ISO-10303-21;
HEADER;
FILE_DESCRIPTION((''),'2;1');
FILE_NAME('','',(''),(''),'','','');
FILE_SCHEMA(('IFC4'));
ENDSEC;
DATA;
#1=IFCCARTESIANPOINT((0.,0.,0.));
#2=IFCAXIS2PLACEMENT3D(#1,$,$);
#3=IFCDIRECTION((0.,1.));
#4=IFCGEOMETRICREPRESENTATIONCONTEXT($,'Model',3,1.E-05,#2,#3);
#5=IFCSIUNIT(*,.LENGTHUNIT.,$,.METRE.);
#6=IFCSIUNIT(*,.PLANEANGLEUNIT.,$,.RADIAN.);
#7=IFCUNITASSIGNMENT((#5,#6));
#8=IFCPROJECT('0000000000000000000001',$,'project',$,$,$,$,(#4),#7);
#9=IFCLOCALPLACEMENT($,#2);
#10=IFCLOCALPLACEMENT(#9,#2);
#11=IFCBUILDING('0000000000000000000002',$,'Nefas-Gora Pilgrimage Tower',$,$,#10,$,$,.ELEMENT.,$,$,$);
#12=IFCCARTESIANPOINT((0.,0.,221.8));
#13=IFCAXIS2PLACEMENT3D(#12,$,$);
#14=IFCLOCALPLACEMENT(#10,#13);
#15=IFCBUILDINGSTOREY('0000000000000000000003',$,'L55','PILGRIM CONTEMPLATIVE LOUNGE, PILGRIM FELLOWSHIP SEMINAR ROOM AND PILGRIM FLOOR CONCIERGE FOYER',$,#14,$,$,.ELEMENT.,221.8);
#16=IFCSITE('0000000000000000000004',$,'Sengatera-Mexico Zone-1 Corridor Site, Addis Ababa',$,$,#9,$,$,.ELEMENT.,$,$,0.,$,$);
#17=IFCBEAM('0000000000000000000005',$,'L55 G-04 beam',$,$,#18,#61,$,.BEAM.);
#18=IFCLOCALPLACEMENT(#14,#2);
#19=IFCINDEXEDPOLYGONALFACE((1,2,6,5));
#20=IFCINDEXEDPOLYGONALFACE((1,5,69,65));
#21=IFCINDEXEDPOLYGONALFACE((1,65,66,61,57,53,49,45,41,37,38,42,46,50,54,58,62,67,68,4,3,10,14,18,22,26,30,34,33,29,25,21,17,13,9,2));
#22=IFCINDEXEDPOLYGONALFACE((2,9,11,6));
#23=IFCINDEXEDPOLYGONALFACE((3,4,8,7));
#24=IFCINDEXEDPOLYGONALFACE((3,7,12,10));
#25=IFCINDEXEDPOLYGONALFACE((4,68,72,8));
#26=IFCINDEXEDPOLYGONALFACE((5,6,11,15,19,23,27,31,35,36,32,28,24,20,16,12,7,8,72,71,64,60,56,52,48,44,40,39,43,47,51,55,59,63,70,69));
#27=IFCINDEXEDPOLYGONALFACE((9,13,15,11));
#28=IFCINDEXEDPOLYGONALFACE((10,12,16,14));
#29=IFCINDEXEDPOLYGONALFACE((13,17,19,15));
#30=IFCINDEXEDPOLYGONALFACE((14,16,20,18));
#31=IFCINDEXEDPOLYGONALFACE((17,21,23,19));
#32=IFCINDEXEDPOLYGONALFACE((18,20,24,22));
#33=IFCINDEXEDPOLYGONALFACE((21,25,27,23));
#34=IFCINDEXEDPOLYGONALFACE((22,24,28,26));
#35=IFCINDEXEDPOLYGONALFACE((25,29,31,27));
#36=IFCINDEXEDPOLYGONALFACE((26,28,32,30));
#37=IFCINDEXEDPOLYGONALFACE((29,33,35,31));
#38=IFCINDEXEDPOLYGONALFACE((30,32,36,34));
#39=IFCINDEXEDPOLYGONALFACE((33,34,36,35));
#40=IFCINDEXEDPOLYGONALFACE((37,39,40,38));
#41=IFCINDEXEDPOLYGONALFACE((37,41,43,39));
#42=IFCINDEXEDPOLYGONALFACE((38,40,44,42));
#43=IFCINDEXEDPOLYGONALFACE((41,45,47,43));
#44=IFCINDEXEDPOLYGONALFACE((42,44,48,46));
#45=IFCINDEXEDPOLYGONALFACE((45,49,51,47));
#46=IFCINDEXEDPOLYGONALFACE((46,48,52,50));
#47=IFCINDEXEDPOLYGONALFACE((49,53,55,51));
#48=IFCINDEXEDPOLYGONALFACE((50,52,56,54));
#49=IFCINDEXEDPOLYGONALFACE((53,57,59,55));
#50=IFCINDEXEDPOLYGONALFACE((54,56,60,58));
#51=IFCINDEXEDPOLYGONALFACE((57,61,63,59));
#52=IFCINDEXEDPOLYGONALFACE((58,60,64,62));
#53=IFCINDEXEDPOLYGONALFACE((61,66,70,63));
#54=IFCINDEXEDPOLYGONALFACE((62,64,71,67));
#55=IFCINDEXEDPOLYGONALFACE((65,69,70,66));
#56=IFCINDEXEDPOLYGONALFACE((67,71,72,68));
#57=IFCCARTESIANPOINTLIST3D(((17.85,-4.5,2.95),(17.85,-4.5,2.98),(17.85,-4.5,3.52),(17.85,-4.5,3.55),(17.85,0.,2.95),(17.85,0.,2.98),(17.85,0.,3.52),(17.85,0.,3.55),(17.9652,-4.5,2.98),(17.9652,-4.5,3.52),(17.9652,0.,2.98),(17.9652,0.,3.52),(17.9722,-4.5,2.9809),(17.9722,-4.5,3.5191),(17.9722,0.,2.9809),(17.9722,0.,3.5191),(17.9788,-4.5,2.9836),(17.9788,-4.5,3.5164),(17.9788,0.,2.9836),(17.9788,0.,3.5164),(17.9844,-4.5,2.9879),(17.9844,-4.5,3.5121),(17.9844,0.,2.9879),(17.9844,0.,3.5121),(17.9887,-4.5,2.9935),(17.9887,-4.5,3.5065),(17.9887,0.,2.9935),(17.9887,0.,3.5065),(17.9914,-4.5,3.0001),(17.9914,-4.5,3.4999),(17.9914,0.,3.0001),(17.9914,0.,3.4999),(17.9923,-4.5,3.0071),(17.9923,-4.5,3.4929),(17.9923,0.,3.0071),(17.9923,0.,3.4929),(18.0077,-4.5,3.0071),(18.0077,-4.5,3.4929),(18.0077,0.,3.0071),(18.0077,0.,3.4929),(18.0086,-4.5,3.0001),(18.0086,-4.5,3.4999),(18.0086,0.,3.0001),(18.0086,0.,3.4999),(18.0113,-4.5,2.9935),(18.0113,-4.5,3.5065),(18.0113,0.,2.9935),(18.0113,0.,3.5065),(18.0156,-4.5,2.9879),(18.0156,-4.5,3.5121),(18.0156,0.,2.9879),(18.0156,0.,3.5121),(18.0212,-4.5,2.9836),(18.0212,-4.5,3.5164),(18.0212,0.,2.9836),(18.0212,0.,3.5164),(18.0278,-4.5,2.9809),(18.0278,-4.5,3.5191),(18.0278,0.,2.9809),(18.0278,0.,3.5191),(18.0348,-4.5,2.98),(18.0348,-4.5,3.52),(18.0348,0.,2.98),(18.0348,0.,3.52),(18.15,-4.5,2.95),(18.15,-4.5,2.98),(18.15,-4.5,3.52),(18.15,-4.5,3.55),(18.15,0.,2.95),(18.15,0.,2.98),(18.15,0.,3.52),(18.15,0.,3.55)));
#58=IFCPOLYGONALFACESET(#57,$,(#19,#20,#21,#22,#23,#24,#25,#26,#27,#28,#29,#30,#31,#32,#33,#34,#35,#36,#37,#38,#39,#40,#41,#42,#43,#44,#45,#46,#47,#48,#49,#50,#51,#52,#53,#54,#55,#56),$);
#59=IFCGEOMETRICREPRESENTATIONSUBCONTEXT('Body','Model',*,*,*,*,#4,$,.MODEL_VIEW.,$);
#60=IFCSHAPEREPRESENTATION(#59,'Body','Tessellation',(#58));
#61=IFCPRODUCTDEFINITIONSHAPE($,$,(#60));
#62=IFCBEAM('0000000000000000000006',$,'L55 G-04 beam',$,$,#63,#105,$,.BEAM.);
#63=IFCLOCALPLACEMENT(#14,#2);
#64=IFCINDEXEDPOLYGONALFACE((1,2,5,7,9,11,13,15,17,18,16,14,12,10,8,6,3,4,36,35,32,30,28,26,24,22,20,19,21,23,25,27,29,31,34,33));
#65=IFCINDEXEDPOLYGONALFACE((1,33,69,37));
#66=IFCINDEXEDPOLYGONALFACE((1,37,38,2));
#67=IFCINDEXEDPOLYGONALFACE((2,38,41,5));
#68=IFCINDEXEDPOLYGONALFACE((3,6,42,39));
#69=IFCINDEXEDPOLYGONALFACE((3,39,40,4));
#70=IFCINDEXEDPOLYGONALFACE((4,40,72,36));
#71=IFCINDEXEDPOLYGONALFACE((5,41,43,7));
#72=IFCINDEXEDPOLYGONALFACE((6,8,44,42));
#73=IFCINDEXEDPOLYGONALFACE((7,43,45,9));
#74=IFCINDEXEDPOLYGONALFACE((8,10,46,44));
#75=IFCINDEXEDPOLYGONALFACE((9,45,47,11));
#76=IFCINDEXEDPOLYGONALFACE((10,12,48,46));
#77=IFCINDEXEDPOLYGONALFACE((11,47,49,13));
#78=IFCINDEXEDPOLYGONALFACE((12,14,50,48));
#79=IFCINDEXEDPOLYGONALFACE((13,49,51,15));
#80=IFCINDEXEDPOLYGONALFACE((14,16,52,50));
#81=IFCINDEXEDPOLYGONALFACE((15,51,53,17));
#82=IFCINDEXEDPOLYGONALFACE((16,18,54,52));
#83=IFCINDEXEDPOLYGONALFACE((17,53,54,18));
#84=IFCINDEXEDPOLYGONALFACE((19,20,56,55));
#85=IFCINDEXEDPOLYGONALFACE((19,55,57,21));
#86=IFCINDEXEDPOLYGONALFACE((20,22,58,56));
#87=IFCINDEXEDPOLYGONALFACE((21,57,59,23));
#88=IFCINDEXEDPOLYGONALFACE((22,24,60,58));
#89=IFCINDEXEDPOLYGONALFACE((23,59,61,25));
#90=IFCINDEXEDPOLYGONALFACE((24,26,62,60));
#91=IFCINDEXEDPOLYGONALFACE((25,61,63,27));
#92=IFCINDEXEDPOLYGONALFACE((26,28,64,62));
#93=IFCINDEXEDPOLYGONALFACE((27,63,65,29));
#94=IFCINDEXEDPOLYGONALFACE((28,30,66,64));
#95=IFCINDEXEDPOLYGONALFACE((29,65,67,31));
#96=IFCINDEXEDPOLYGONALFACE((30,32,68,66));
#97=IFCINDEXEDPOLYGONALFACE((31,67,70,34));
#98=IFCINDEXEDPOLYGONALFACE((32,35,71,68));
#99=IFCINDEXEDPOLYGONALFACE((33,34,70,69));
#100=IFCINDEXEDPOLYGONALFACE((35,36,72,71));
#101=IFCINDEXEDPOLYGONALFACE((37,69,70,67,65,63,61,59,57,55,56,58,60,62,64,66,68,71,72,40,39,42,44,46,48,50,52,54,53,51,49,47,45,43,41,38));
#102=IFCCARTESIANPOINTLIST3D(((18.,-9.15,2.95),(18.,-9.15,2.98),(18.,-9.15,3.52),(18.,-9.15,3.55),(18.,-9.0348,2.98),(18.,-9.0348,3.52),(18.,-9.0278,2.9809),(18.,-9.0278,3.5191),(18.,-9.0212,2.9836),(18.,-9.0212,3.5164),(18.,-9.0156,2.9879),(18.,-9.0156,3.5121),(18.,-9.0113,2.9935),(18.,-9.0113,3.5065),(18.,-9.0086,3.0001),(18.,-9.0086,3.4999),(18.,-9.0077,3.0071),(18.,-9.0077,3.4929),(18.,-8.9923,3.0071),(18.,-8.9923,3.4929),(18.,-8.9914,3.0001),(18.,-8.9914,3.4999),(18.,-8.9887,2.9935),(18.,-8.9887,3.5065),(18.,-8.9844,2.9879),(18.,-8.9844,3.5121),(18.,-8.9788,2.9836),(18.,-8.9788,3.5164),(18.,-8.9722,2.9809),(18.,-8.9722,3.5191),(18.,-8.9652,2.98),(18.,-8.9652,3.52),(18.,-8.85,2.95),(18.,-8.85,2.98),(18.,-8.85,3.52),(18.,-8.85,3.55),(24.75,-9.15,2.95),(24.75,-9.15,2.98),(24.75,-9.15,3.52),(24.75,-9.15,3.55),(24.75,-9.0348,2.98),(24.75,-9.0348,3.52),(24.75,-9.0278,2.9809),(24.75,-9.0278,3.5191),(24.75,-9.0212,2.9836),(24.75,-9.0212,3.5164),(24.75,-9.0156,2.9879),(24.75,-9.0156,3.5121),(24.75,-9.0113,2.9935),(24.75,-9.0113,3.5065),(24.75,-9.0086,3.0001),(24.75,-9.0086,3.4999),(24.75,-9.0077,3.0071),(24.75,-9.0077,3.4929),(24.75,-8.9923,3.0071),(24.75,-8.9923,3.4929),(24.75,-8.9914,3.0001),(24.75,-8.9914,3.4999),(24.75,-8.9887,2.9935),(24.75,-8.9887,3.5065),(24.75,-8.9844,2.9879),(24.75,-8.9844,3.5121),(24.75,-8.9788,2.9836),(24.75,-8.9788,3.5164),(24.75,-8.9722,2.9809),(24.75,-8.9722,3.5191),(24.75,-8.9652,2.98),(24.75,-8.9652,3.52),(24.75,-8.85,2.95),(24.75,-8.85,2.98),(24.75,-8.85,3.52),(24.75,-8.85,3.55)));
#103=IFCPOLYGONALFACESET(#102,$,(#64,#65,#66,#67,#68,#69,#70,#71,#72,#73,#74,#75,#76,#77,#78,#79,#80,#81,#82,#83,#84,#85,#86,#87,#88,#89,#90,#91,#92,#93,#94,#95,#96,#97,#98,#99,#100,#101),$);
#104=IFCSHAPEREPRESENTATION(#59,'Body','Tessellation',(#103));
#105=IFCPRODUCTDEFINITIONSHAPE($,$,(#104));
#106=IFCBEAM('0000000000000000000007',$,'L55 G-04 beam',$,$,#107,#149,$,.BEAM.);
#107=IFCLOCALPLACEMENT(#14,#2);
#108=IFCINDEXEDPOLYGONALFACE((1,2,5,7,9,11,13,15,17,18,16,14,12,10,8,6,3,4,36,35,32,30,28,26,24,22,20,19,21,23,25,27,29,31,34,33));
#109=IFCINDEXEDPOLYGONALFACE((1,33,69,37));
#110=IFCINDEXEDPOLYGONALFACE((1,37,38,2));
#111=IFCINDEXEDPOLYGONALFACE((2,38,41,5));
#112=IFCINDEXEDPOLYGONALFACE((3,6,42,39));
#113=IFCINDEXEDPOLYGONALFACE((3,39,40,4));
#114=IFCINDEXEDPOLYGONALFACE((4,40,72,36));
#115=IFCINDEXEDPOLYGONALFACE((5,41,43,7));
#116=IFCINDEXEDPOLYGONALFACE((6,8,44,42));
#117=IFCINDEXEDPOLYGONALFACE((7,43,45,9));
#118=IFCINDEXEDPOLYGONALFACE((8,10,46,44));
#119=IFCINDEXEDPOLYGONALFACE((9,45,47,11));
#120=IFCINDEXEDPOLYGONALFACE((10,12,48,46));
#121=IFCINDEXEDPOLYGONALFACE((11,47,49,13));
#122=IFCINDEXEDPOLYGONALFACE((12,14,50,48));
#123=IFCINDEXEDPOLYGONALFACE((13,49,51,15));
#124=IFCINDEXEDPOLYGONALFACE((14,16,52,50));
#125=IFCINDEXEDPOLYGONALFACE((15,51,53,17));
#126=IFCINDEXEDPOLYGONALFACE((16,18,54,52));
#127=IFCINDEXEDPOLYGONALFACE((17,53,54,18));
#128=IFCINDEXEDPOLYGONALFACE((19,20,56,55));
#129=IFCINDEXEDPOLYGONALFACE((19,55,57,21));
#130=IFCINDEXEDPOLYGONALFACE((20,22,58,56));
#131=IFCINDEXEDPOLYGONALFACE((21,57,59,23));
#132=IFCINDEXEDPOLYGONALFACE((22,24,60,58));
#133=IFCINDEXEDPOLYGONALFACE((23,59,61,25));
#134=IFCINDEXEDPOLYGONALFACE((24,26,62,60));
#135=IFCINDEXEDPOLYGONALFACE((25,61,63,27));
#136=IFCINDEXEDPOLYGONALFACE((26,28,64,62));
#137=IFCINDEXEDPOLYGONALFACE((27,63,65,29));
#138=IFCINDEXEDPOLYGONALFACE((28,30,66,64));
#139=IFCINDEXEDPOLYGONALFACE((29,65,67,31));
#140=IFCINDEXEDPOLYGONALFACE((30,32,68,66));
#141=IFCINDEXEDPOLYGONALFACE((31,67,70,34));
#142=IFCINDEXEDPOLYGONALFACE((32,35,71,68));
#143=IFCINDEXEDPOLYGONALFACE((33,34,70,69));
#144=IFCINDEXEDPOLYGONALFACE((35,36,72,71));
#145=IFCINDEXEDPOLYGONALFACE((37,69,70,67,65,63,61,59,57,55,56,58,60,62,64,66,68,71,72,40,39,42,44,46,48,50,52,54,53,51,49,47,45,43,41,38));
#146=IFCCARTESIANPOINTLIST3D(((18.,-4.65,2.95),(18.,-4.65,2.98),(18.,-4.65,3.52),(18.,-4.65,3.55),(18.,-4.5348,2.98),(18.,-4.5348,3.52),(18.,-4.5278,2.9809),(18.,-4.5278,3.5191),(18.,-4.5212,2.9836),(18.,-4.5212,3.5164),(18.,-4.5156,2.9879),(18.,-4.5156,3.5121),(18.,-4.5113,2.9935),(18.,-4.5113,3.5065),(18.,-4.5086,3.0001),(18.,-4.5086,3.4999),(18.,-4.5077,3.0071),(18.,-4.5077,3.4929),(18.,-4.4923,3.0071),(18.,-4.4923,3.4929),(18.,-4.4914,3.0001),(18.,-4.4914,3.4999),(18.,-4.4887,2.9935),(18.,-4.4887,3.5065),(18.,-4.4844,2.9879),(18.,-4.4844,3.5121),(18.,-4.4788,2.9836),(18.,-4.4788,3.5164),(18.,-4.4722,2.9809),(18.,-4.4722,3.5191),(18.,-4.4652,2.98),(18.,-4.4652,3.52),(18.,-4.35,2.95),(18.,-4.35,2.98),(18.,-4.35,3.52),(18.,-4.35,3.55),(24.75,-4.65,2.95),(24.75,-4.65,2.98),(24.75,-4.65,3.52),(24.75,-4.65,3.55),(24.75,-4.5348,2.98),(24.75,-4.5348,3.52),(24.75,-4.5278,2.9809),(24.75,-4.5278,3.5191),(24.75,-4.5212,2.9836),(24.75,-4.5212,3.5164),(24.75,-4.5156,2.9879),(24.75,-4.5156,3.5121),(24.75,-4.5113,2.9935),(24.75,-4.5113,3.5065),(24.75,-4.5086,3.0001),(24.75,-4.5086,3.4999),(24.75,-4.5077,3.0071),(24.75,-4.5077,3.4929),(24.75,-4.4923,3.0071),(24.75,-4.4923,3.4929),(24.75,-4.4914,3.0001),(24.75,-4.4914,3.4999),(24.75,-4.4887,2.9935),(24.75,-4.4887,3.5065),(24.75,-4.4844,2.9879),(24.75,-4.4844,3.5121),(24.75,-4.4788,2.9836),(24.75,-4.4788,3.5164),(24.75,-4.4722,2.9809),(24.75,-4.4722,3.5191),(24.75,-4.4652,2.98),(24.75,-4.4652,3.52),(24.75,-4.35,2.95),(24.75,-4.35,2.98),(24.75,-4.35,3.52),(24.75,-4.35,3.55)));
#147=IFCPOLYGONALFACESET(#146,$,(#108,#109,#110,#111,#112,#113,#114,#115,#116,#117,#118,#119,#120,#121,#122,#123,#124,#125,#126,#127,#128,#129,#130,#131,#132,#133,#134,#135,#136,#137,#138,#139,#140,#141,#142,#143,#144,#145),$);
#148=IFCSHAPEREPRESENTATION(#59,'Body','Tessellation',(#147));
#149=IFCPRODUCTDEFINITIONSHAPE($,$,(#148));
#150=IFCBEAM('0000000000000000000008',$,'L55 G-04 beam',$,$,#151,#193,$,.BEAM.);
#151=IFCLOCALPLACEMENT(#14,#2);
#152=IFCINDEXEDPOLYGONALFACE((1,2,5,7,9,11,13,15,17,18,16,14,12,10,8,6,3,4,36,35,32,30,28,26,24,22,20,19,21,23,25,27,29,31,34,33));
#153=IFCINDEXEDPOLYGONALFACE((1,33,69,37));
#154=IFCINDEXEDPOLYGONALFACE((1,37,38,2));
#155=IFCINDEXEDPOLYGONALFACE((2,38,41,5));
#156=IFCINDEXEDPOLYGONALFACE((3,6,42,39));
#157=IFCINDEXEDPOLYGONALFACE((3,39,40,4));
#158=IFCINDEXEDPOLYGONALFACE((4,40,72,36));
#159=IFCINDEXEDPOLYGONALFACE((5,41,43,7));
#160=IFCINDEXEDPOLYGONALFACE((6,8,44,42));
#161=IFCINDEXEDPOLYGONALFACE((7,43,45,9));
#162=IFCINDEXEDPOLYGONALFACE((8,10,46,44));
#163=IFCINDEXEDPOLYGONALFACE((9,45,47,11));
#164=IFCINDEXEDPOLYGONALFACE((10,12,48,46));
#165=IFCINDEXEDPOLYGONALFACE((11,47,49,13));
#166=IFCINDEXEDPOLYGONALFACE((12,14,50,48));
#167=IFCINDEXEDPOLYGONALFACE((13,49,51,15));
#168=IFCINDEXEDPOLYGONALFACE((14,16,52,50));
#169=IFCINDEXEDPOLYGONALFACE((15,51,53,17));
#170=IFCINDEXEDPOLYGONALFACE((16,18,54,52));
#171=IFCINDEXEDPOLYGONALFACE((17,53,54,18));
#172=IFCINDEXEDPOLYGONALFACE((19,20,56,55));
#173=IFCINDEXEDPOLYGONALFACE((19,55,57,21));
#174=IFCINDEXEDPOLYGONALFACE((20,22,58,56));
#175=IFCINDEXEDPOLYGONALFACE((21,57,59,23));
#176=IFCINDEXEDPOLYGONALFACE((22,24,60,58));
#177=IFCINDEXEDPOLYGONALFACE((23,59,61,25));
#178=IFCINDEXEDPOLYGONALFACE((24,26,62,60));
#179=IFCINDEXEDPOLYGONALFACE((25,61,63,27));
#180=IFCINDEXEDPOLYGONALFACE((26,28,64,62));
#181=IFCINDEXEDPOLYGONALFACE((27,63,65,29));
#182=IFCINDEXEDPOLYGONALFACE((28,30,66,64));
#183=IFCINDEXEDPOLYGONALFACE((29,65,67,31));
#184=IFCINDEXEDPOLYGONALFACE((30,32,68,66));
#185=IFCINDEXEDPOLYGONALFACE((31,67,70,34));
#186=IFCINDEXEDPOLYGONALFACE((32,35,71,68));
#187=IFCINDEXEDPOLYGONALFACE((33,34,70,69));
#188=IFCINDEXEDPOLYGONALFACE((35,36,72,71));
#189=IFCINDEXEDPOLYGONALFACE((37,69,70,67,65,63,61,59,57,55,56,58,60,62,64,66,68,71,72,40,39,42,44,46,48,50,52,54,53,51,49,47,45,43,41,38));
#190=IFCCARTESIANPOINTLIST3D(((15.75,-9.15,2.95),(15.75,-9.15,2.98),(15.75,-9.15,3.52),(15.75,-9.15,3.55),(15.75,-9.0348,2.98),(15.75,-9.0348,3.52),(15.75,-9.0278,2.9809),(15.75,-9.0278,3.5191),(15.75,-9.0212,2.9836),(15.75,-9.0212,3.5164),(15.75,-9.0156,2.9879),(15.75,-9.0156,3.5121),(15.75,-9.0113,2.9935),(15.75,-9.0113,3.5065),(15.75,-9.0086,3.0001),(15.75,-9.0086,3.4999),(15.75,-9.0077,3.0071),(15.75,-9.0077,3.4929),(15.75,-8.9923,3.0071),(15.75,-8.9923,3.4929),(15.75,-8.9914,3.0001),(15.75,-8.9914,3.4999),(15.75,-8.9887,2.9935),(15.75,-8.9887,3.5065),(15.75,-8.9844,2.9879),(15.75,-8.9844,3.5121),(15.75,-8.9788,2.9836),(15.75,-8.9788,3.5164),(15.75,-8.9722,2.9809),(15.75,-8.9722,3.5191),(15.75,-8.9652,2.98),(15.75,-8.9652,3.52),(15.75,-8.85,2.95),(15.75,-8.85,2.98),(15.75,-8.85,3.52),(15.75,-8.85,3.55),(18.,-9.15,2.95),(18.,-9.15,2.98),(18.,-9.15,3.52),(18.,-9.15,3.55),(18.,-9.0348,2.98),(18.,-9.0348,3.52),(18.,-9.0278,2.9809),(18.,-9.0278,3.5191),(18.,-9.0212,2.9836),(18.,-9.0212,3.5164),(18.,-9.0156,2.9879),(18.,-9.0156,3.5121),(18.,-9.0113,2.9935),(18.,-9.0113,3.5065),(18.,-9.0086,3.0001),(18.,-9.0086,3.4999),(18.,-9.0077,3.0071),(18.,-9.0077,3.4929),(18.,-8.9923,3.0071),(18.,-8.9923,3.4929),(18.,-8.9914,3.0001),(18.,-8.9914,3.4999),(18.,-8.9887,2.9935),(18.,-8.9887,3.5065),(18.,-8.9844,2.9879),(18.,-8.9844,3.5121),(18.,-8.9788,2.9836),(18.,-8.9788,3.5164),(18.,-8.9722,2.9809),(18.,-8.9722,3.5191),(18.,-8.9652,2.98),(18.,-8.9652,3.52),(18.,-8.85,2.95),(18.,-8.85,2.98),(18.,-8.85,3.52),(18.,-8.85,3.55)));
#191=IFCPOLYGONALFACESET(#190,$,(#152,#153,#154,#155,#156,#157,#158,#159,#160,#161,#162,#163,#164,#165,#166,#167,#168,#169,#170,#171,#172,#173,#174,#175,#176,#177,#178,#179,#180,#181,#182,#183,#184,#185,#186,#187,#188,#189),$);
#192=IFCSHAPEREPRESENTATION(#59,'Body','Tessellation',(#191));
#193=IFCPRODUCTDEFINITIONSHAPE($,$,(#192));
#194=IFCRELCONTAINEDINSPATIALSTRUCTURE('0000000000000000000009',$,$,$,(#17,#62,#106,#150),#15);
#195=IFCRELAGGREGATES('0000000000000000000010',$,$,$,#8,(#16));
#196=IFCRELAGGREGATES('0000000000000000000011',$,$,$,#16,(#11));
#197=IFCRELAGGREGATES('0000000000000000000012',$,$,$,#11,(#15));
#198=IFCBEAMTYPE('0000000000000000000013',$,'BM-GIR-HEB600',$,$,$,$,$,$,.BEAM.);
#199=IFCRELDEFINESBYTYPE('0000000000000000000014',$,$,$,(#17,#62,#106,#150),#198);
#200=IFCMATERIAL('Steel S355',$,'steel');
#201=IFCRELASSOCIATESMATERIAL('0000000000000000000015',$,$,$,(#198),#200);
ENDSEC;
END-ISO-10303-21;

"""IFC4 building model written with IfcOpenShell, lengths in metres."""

from ifc_helpers import new_model, si_unit, direction, frame, origin, origin_2d, place, context, subcontext, project, spatial, i_section, extrude, source, transform, mapped, material, material_profile, profile_set, type_object, element, save


model = new_model("IFC4")

# Units and contexts
model_context = context("Model", 3, precision=1e-05, world=origin(), true_north=direction((0.0, 1.0)))
body_context = subcontext(model_context, "Body", "Model", "MODEL_VIEW")
ifc_project = project(units=[si_unit("LENGTHUNIT", "METRE"), si_unit("PLANEANGLEUNIT", "RADIAN")], contexts=[model_context])

# Site, building, storey
site_placement = place(None, origin())
site = spatial("IfcSite", under=ifc_project, at=site_placement, Name="Sengatera-Mexico Zone-1 Corridor Site, Addis Ababa", CompositionType="ELEMENT", RefElevation=0.0)
building_placement = place(site_placement, origin())
building = spatial("IfcBuilding", under=site, at=building_placement, Name="Nefas-Gora Pilgrimage Tower", CompositionType="ELEMENT")
storey_placement = place(building_placement, frame((0.0, 0.0, 221.8)))
storey = spatial("IfcBuildingStorey", under=building, at=storey_placement, Name="L55", Description="PILGRIM CONTEMPLATIVE LOUNGE, PILGRIM FELLOWSHIP SEMINAR ROOM AND PILGRIM FLOOR CONCIERGE FOYER", CompositionType="ELEMENT", Elevation=221.8)

# Beams
ifc_material_1 = material(Name="Steel S355", Category="steel")
ifc_material_profile_1 = material_profile(ifc_material_1, i_section(OverallWidth=0.3, OverallDepth=0.6001, WebThickness=0.0154, FlangeThickness=0.03, FilletRadius=0.0271, at=origin_2d()), Name="HEB 600")
ifc_profile_set_1 = profile_set([ifc_material_profile_1], Name="Steel S355")
beam_type_1 = type_object("IfcBeamType", Name="BM-GIR-HEB600", PredefinedType="BEAM", material=ifc_profile_set_1)
shared_shape_1 = source(origin(), body_context, "Body", "SweptSolid", [
    extrude(i_section(OverallWidth=0.3, OverallDepth=0.6001, WebThickness=0.0154, FlangeThickness=0.03, FilletRadius=0.0271, at=origin_2d()), origin(), (0.0, 0.0, 1.0), 4.5),
])
for number, where, z_axis, x_axis, name in (
    (1, (18.0, -4.5, 3.25), (0.0, 1.0, 0.0), (-1.0, 0.0, 0.0), "L55 G-04 beam"),
):
    element("IfcBeam", number, at=place(storey_placement, frame(where, z_axis=z_axis, x_axis=x_axis)), inside=storey, type_object=beam_type_1, Name=name, PredefinedType="BEAM", context=body_context, shape_type="MappedRepresentation", body=[
        mapped(shared_shape_1, transform((0.0, 0.0, 0.0), x_axis=(1.0, 0.0, 0.0), y_axis=(0.0, 1.0, 0.0), z_axis=(0.0, 0.0, 1.0), scale=1.0)),
    ])
shared_shape_2 = source(origin(), body_context, "Body", "SweptSolid", [
    extrude(i_section(OverallWidth=0.3, OverallDepth=0.6001, WebThickness=0.0154, FlangeThickness=0.03, FilletRadius=0.0271, at=origin_2d()), origin(), (0.0, 0.0, 1.0), 6.75),
])
for number, where, z_axis, x_axis, name in (
    (2, (18.0, -9.0, 3.25), (1.0, 0.0, 0.0), (0.0, 1.0, 0.0), "L55 G-04 beam"),
    (3, (18.0, -4.5, 3.25), (1.0, 0.0, 0.0), (0.0, 1.0, 0.0), "L55 G-04 beam"),
):
    element("IfcBeam", number, at=place(storey_placement, frame(where, z_axis=z_axis, x_axis=x_axis)), inside=storey, type_object=beam_type_1, Name=name, PredefinedType="BEAM", context=body_context, shape_type="MappedRepresentation", body=[
        mapped(shared_shape_2, transform((0.0, 0.0, 0.0), x_axis=(1.0, 0.0, 0.0), y_axis=(0.0, 1.0, 0.0), z_axis=(0.0, 0.0, 1.0), scale=1.0)),
    ])
shared_shape_3 = source(origin(), body_context, "Body", "SweptSolid", [
    extrude(i_section(OverallWidth=0.3, OverallDepth=0.6001, WebThickness=0.0154, FlangeThickness=0.03, FilletRadius=0.0271, at=origin_2d()), origin(), (0.0, 0.0, 1.0), 2.25),
])
for number, where, z_axis, x_axis, name in (
    (4, (15.75, -9.0, 3.25), (1.0, 0.0, 0.0), (0.0, 1.0, 0.0), "L55 G-04 beam"),
):
    element("IfcBeam", number, at=place(storey_placement, frame(where, z_axis=z_axis, x_axis=x_axis)), inside=storey, type_object=beam_type_1, Name=name, PredefinedType="BEAM", context=body_context, shape_type="MappedRepresentation", body=[
        mapped(shared_shape_3, transform((0.0, 0.0, 0.0), x_axis=(1.0, 0.0, 0.0), y_axis=(0.0, 1.0, 0.0), z_axis=(0.0, 0.0, 1.0), scale=1.0)),
    ])

save(model, "model.ifc")
